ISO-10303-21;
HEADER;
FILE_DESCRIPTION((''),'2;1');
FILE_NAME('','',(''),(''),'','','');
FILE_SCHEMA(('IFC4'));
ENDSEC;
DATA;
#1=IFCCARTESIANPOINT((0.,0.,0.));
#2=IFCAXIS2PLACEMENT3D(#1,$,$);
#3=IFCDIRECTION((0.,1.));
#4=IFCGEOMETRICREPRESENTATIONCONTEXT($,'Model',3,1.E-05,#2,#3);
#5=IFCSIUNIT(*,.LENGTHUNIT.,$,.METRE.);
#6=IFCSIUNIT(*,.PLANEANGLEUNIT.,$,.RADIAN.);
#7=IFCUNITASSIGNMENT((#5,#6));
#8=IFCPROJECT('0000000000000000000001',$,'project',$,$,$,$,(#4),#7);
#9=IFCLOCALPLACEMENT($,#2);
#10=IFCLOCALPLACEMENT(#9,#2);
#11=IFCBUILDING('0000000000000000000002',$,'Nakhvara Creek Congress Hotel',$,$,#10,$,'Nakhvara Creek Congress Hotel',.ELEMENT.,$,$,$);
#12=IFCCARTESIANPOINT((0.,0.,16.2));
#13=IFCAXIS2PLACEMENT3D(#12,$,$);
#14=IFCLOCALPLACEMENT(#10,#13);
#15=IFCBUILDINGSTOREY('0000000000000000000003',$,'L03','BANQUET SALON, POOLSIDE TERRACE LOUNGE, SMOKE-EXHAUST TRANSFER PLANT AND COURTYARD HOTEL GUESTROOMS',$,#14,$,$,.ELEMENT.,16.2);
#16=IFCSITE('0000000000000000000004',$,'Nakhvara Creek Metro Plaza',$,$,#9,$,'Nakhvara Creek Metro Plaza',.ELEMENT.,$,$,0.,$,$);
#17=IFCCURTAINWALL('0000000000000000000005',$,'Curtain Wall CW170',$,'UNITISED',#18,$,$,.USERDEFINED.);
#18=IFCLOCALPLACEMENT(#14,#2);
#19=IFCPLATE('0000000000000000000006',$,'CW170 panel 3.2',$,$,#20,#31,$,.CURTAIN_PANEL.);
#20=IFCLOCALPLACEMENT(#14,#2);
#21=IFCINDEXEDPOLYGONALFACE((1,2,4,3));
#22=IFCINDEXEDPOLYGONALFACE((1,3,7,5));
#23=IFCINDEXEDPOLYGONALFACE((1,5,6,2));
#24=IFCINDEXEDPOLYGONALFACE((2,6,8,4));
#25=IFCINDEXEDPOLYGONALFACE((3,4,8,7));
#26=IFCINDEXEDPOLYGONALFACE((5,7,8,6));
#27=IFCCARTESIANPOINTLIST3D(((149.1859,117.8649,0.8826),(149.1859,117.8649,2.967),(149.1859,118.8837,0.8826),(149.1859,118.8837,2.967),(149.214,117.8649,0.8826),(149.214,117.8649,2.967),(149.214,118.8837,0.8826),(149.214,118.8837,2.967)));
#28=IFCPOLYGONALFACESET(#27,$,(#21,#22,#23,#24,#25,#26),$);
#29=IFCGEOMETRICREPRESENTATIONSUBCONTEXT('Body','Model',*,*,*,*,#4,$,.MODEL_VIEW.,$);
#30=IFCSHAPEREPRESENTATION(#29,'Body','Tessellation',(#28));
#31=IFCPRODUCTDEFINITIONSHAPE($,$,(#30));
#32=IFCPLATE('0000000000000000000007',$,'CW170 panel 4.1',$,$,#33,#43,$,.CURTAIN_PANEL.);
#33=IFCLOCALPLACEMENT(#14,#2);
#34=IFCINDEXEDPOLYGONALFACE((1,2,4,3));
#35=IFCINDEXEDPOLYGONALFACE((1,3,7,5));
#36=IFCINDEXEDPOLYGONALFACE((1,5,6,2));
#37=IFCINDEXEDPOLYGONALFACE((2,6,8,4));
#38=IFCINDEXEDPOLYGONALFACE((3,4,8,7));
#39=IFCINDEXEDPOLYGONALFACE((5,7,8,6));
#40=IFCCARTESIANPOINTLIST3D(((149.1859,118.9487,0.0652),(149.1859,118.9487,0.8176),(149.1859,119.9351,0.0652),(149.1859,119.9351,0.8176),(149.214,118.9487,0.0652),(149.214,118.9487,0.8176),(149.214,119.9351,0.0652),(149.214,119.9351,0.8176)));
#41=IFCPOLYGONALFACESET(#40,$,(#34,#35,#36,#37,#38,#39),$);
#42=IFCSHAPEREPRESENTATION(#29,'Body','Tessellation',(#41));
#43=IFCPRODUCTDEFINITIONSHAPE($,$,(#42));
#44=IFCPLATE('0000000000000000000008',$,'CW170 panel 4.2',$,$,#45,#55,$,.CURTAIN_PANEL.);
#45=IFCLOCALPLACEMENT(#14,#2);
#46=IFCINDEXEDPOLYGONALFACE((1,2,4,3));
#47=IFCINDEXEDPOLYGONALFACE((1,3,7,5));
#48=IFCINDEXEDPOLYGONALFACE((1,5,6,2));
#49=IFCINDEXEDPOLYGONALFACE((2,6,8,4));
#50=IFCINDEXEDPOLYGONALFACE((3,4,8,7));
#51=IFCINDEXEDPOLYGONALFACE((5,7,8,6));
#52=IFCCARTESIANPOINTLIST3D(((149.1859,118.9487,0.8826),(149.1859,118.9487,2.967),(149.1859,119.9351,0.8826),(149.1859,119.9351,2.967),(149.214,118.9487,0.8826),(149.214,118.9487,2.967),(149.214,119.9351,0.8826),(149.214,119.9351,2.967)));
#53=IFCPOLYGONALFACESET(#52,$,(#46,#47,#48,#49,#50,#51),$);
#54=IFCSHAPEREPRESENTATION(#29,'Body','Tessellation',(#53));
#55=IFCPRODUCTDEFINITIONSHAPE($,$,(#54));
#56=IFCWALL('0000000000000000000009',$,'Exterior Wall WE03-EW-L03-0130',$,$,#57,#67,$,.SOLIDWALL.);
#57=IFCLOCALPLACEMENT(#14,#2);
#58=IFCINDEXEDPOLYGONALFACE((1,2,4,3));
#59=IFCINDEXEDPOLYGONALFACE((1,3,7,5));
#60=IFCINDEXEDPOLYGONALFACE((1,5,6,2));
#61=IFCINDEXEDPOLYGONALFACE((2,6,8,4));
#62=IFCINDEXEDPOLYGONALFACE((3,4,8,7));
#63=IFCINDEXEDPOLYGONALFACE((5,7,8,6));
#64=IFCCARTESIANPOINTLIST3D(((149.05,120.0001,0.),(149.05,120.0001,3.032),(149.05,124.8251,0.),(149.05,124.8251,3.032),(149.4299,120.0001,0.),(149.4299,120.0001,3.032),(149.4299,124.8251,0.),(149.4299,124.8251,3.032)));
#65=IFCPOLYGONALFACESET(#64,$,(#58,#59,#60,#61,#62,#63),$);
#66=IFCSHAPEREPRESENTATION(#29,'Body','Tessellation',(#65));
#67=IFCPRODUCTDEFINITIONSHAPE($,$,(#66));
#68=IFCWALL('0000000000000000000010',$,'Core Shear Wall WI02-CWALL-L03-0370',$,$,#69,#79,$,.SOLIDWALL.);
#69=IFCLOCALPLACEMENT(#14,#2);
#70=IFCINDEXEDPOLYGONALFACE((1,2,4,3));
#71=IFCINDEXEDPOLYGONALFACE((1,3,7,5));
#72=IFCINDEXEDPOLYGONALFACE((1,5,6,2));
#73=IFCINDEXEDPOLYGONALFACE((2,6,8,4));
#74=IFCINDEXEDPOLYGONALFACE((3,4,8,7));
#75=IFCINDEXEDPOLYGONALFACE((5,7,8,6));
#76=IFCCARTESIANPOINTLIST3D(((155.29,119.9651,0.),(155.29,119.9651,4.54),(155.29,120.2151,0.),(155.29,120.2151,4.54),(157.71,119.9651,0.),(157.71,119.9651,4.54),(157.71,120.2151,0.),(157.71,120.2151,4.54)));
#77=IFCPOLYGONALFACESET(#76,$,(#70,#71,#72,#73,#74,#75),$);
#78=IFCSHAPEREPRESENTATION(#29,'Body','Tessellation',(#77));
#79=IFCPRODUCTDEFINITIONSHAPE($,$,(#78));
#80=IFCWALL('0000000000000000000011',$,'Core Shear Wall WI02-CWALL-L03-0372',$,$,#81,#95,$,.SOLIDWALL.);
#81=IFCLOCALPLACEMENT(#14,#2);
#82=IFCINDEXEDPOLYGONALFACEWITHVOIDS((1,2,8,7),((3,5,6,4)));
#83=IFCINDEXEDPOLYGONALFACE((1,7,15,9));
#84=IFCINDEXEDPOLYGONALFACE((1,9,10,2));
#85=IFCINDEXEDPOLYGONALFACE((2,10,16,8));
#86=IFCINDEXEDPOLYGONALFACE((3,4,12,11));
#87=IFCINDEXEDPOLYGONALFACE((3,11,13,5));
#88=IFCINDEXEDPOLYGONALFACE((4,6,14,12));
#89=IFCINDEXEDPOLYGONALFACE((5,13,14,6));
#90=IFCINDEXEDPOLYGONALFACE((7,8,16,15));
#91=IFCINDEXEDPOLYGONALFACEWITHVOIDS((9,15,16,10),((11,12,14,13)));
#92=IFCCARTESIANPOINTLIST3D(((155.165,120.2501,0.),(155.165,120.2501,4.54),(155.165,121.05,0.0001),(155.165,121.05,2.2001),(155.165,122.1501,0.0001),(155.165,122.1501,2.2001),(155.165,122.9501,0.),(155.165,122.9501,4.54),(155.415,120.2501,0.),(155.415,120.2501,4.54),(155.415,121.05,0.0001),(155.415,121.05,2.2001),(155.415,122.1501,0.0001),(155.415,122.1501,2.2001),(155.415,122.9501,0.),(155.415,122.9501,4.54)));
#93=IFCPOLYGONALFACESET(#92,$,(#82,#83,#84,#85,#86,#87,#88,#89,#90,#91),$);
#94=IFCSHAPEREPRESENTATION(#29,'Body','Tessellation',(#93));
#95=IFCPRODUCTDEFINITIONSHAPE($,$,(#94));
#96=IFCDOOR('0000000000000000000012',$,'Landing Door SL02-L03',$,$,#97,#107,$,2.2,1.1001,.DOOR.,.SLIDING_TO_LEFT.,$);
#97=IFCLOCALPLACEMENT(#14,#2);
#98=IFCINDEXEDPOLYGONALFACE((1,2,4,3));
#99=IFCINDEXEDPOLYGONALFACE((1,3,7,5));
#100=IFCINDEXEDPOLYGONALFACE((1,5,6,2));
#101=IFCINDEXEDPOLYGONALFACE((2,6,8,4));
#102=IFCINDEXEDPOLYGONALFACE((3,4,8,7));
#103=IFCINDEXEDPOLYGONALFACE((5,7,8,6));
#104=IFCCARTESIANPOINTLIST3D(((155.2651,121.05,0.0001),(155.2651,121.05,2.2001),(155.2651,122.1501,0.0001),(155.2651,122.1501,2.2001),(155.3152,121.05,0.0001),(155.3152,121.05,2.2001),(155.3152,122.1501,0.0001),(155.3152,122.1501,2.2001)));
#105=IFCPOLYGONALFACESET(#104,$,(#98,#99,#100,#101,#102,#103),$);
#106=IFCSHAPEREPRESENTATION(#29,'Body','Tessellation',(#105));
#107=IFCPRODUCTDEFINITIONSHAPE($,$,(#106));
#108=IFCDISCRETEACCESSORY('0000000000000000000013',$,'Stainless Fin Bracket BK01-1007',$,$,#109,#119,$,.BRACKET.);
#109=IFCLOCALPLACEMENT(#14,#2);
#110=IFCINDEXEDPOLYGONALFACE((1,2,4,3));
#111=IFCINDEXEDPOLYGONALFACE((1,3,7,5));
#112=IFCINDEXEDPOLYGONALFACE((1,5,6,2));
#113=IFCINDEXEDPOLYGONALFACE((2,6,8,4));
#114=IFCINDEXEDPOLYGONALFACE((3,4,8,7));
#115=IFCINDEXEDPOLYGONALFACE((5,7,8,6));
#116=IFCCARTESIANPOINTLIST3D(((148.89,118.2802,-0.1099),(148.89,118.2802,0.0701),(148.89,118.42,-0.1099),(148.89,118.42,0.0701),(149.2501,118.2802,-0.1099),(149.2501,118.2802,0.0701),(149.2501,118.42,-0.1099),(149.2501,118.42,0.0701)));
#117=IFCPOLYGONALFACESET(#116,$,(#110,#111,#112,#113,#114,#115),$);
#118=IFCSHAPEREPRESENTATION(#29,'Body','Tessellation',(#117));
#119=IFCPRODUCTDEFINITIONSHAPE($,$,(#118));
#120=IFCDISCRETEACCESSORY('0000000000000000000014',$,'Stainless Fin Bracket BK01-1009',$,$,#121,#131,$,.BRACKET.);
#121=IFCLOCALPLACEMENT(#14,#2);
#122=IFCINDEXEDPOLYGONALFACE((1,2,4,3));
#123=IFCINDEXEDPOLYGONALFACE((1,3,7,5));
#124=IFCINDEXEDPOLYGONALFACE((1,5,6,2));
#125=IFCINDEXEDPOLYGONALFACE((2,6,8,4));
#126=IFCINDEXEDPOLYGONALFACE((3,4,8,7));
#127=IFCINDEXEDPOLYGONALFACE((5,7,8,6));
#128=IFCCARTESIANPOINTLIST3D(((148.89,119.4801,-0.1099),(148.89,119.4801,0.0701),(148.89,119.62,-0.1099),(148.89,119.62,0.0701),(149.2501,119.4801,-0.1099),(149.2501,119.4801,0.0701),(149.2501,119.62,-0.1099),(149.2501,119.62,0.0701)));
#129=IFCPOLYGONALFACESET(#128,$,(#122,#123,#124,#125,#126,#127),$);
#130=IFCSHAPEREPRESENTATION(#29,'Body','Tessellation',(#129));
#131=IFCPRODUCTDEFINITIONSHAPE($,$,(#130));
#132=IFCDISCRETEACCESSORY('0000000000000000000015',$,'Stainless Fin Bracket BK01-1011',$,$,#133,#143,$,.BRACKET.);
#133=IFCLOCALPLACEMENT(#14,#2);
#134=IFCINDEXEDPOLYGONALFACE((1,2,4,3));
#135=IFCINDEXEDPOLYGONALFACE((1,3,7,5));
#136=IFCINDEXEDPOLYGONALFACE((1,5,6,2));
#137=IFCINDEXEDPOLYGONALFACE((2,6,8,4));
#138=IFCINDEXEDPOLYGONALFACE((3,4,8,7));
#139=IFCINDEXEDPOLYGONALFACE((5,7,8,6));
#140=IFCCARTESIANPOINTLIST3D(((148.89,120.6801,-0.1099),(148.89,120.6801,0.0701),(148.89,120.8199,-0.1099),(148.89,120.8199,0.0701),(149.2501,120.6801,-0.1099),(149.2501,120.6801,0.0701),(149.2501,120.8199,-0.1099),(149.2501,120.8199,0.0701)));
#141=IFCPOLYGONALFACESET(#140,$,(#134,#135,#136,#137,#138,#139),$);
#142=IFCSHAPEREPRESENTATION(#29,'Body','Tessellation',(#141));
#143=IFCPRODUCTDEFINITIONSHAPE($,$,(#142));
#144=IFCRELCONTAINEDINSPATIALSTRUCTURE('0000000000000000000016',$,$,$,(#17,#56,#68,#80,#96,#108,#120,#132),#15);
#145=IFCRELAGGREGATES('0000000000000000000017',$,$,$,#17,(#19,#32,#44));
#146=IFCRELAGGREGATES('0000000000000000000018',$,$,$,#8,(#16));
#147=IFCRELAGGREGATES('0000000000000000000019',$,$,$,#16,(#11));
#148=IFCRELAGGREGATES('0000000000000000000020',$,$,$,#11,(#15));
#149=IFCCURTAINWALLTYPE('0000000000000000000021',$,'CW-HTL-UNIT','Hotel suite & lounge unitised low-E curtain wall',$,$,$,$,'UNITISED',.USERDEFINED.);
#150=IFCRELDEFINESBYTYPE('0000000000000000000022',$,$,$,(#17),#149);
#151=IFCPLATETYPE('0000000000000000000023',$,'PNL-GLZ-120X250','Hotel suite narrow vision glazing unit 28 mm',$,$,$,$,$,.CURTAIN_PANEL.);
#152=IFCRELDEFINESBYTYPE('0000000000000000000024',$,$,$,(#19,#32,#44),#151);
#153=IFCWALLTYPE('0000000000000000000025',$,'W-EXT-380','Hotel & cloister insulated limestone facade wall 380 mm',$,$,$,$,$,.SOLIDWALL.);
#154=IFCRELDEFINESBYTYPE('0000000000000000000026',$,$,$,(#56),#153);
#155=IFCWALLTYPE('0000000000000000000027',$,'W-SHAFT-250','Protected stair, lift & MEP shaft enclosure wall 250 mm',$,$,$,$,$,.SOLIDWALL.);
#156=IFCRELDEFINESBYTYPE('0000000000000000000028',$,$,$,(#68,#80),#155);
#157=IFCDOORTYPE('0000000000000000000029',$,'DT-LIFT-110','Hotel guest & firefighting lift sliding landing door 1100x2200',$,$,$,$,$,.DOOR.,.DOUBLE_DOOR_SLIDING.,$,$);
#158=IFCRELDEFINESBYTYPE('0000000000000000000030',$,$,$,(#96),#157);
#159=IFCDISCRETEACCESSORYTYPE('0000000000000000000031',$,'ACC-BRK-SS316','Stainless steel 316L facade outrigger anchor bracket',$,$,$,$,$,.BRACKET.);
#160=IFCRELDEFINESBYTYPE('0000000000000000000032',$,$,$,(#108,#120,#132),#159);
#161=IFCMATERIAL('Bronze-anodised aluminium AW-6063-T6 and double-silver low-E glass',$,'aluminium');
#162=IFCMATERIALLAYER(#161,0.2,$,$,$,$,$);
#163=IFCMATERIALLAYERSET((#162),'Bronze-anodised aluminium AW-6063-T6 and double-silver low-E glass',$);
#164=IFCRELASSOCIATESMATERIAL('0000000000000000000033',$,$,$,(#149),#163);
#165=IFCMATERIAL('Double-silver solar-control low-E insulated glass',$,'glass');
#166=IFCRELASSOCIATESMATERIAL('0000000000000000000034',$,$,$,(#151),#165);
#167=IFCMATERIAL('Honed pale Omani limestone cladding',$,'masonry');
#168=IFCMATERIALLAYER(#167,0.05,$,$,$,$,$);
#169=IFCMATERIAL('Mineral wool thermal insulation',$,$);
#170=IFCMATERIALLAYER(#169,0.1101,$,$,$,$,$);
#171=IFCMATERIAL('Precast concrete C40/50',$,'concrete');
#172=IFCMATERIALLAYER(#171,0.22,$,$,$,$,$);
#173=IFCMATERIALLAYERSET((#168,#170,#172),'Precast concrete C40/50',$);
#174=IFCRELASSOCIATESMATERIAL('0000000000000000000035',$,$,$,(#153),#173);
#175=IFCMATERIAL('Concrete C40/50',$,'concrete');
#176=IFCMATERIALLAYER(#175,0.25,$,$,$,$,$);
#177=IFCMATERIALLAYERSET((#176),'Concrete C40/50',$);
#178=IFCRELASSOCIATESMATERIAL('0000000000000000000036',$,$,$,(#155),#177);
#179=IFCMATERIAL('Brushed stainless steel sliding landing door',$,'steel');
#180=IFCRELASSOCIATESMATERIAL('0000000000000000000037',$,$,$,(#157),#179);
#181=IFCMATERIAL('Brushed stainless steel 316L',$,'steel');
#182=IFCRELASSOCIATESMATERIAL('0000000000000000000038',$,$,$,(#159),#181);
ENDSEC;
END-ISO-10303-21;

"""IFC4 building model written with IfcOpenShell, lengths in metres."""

from ifc_helpers import new_model, si_unit, direction, frame, frame_2d, origin, origin_2d, place, context, subcontext, project, spatial, rectangle, extrude, material, layer, layer_set, type_object, element, fill, aggregate, save


model = new_model("IFC4")

# Units and contexts
model_context = context("Model", 3, precision=1e-05, world=origin(), true_north=direction((0.0, 1.0)))
body_context = subcontext(model_context, "Body", "Model", "MODEL_VIEW")
ifc_project = project(units=[si_unit("LENGTHUNIT", "METRE"), si_unit("PLANEANGLEUNIT", "RADIAN")], contexts=[model_context])

# Site, building, storey
site_placement = place(None, origin())
site = spatial("IfcSite", under=ifc_project, at=site_placement, Name="Nakhvara Creek Metro Plaza", LongName="Nakhvara Creek Metro Plaza", CompositionType="ELEMENT", RefElevation=0.0)
building_placement = place(site_placement, origin())
building = spatial("IfcBuilding", under=site, at=building_placement, Name="Nakhvara Creek Congress Hotel", LongName="Nakhvara Creek Congress Hotel", CompositionType="ELEMENT")
storey_placement = place(building_placement, frame((0.0, 0.0, 16.2)))
storey = spatial("IfcBuildingStorey", under=building, at=storey_placement, Name="L03", Description="BANQUET SALON, POOLSIDE TERRACE LOUNGE, SMOKE-EXHAUST TRANSFER PLANT AND COURTYARD HOTEL GUESTROOMS", CompositionType="ELEMENT", Elevation=16.2)

# Curtain wall, plates
ifc_material_1 = material(Name="Bronze-anodised aluminium AW-6063-T6 and double-silver low-E glass", Category="aluminium")
ifc_layer_1 = layer(ifc_material_1, 0.2)
ifc_layer_set_1 = layer_set([ifc_layer_1], Name="Bronze-anodised aluminium AW-6063-T6 and double-silver low-E glass")
curtain_wall_type = type_object("IfcCurtainWallType", Name="CW-HTL-UNIT", Description="Hotel suite & lounge unitised low-E curtain wall", ElementType="UNITISED", PredefinedType="USERDEFINED", material=ifc_layer_set_1)
curtain_wall_placement = place(storey_placement, origin())
curtain_wall = element("IfcCurtainWall", 1, at=curtain_wall_placement, inside=storey, type_object=curtain_wall_type, Name="Curtain Wall CW170", ObjectType="UNITISED", PredefinedType="USERDEFINED")
ifc_material_2 = material(Name="Double-silver solar-control low-E insulated glass", Category="glass")
plate_type = type_object("IfcPlateType", Name="PNL-GLZ-120X250", Description="Hotel suite narrow vision glazing unit 28 mm", PredefinedType="CURTAIN_PANEL", material=ifc_material_2)
plate_1_placement = place(storey_placement, frame((149.2, 118.3743, 0.8826), z_axis=(0.0, 0.0, 1.0), x_axis=(0.0, 1.0, 0.0)))
plate_1 = element("IfcPlate", 2, at=plate_1_placement, type_object=plate_type, Name="CW170 panel 3.2", PredefinedType="CURTAIN_PANEL", context=body_context, shape_type="SweptSolid", body=[
    extrude(rectangle(XDim=1.0188, YDim=0.0281, at=origin_2d()), origin(), (0.0, 0.0, 1.0), 2.0845),
])
plate_2_placement = place(storey_placement, frame((149.2, 119.4419, 0.0652), z_axis=(0.0, 0.0, 1.0), x_axis=(0.0, 1.0, 0.0)))
plate_2 = element("IfcPlate", 3, at=plate_2_placement, type_object=plate_type, Name="CW170 panel 4.1", PredefinedType="CURTAIN_PANEL", context=body_context, shape_type="SweptSolid", body=[
    extrude(rectangle(XDim=0.9863, YDim=0.0281, at=origin_2d()), origin(), (0.0, 0.0, 1.0), 0.7524),
])
plate_3_placement = place(storey_placement, frame((149.2, 119.4419, 0.8826), z_axis=(0.0, 0.0, 1.0), x_axis=(0.0, 1.0, 0.0)))
plate_3 = element("IfcPlate", 4, at=plate_3_placement, type_object=plate_type, Name="CW170 panel 4.2", PredefinedType="CURTAIN_PANEL", context=body_context, shape_type="SweptSolid", body=[
    extrude(rectangle(XDim=0.9863, YDim=0.0281, at=origin_2d()), origin(), (0.0, 0.0, 1.0), 2.0845),
])
aggregate(curtain_wall, [plate_1, plate_2, plate_3])

# Walls
ifc_material_3 = material(Name="Honed pale Omani limestone cladding", Category="masonry")
ifc_layer_2 = layer(ifc_material_3, 0.05)
ifc_material_4 = material(Name="Mineral wool thermal insulation")
ifc_layer_3 = layer(ifc_material_4, 0.1101)
ifc_material_5 = material(Name="Precast concrete C40/50", Category="concrete")
ifc_layer_4 = layer(ifc_material_5, 0.22)
ifc_layer_set_2 = layer_set([ifc_layer_2, ifc_layer_3, ifc_layer_4], Name="Precast concrete C40/50")
wall_type_1 = type_object("IfcWallType", Name="W-EXT-380", Description="Hotel & cloister insulated limestone facade wall 380 mm", PredefinedType="SOLIDWALL", material=ifc_layer_set_2)
wall_1_placement = place(storey_placement, frame((149.24, 120.0, 0.0), z_axis=(0.0, 0.0, 1.0), x_axis=(0.0, 1.0, 0.0)))
element("IfcWall", 5, at=wall_1_placement, inside=storey, type_object=wall_type_1, Name="Exterior Wall WE03-EW-L03-0130", PredefinedType="SOLIDWALL", context=body_context, shape_type="SweptSolid", body=[
    extrude(rectangle(XDim=4.825, YDim=0.3799, at=frame_2d((2.4126, 0.0))), origin(), (0.0, 0.0, 1.0), 3.032),
])
ifc_material_6 = material(Name="Concrete C40/50", Category="concrete")
ifc_layer_5 = layer(ifc_material_6, 0.25)
ifc_layer_set_3 = layer_set([ifc_layer_5], Name="Concrete C40/50")
wall_type_2 = type_object("IfcWallType", Name="W-SHAFT-250", Description="Protected stair, lift & MEP shaft enclosure wall 250 mm", PredefinedType="SOLIDWALL", material=ifc_layer_set_3)
wall_2_placement = place(storey_placement, frame((155.29, 120.0901, 0.0), z_axis=(0.0, 0.0, 1.0), x_axis=(1.0, 0.0, 0.0)))
element("IfcWall", 6, at=wall_2_placement, inside=storey, type_object=wall_type_2, Name="Core Shear Wall WI02-CWALL-L03-0370", PredefinedType="SOLIDWALL", context=body_context, shape_type="SweptSolid", body=[
    extrude(rectangle(XDim=2.4199, YDim=0.25, at=frame_2d((1.21, 0.0))), origin(), (0.0, 0.0, 1.0), 4.54),
])

# Wall, opening, door
wall_3_placement = place(storey_placement, frame((155.29, 120.25, 0.0), z_axis=(0.0, 0.0, 1.0), x_axis=(0.0, 1.0, 0.0)))
wall_3 = element("IfcWall", 7, at=wall_3_placement, inside=storey, type_object=wall_type_2, Name="Core Shear Wall WI02-CWALL-L03-0372", PredefinedType="SOLIDWALL", context=body_context, shape_type="SweptSolid", body=[
    extrude(rectangle(XDim=2.7, YDim=0.25, at=frame_2d((1.3501, 0.0))), origin(), (0.0, 0.0, 1.0), 4.54),
])
opening_placement = place(wall_3_placement, frame((0.8, 0.0, 0.0)))
opening = element("IfcOpeningElement", 8, at=opening_placement, cuts=wall_3, PredefinedType="OPENING", context=body_context, shape_type="SweptSolid", body=[
    extrude(rectangle(XDim=1.1001, YDim=2.2, at=frame_2d((0.55, 1.1001))), frame((0.0, 0.137, 0.0), z_axis=(0.0, -1.0, 0.0), x_axis=(1.0, 0.0, 0.0)), (0.0, 0.0, 1.0), 0.2739),
])
ifc_material_7 = material(Name="Brushed stainless steel sliding landing door", Category="steel")
door_type = type_object("IfcDoorType", Name="DT-LIFT-110", Description="Hotel guest & firefighting lift sliding landing door 1100x2200", OperationType="DOUBLE_DOOR_SLIDING", PredefinedType="DOOR", material=ifc_material_7)
door_placement = place(opening_placement, origin())
door = element("IfcDoor", 9, at=door_placement, inside=storey, type_object=door_type, Name="Landing Door SL02-L03", OperationType="SLIDING_TO_LEFT", OverallHeight=2.2, OverallWidth=1.1001, PredefinedType="DOOR", context=body_context, shape_type="SweptSolid", body=[
    extrude(rectangle(XDim=1.1001, YDim=2.2, at=frame_2d((0.55, 1.1001))), frame((0.0, 0.0249, 0.0), z_axis=(0.0, -1.0, 0.0), x_axis=(1.0, 0.0, 0.0)), (0.0, 0.0, 1.0), 0.05),
])
fill(opening, door)

# Discrete accessories
ifc_material_8 = material(Name="Brushed stainless steel 316L", Category="steel")
discrete_accessory_type = type_object("IfcDiscreteAccessoryType", Name="ACC-BRK-SS316", Description="Stainless steel 316L facade outrigger anchor bracket", PredefinedType="BRACKET", material=ifc_material_8)
for number, where, z_axis, x_axis, name in (
    (10, (149.0701, 118.3501, -0.1099), (0.0, 0.0, 1.0), (0.0, 1.0, 0.0), "Stainless Fin Bracket BK01-1007"),
    (11, (149.0701, 119.55, -0.1099), (0.0, 0.0, 1.0), (0.0, 1.0, 0.0), "Stainless Fin Bracket BK01-1009"),
    (12, (149.0701, 120.75, -0.1099), (0.0, 0.0, 1.0), (0.0, 1.0, 0.0), "Stainless Fin Bracket BK01-1011"),
):
    element("IfcDiscreteAccessory", number, at=place(storey_placement, frame(where, z_axis=z_axis, x_axis=x_axis)), inside=storey, type_object=discrete_accessory_type, Name=name, PredefinedType="BRACKET", context=body_context, shape_type="SweptSolid", body=[
        extrude(rectangle(XDim=0.1399, YDim=0.3601, at=origin_2d()), origin(), (0.0, 0.0, 1.0), 0.1799),
    ])

save(model, "model.ifc")
